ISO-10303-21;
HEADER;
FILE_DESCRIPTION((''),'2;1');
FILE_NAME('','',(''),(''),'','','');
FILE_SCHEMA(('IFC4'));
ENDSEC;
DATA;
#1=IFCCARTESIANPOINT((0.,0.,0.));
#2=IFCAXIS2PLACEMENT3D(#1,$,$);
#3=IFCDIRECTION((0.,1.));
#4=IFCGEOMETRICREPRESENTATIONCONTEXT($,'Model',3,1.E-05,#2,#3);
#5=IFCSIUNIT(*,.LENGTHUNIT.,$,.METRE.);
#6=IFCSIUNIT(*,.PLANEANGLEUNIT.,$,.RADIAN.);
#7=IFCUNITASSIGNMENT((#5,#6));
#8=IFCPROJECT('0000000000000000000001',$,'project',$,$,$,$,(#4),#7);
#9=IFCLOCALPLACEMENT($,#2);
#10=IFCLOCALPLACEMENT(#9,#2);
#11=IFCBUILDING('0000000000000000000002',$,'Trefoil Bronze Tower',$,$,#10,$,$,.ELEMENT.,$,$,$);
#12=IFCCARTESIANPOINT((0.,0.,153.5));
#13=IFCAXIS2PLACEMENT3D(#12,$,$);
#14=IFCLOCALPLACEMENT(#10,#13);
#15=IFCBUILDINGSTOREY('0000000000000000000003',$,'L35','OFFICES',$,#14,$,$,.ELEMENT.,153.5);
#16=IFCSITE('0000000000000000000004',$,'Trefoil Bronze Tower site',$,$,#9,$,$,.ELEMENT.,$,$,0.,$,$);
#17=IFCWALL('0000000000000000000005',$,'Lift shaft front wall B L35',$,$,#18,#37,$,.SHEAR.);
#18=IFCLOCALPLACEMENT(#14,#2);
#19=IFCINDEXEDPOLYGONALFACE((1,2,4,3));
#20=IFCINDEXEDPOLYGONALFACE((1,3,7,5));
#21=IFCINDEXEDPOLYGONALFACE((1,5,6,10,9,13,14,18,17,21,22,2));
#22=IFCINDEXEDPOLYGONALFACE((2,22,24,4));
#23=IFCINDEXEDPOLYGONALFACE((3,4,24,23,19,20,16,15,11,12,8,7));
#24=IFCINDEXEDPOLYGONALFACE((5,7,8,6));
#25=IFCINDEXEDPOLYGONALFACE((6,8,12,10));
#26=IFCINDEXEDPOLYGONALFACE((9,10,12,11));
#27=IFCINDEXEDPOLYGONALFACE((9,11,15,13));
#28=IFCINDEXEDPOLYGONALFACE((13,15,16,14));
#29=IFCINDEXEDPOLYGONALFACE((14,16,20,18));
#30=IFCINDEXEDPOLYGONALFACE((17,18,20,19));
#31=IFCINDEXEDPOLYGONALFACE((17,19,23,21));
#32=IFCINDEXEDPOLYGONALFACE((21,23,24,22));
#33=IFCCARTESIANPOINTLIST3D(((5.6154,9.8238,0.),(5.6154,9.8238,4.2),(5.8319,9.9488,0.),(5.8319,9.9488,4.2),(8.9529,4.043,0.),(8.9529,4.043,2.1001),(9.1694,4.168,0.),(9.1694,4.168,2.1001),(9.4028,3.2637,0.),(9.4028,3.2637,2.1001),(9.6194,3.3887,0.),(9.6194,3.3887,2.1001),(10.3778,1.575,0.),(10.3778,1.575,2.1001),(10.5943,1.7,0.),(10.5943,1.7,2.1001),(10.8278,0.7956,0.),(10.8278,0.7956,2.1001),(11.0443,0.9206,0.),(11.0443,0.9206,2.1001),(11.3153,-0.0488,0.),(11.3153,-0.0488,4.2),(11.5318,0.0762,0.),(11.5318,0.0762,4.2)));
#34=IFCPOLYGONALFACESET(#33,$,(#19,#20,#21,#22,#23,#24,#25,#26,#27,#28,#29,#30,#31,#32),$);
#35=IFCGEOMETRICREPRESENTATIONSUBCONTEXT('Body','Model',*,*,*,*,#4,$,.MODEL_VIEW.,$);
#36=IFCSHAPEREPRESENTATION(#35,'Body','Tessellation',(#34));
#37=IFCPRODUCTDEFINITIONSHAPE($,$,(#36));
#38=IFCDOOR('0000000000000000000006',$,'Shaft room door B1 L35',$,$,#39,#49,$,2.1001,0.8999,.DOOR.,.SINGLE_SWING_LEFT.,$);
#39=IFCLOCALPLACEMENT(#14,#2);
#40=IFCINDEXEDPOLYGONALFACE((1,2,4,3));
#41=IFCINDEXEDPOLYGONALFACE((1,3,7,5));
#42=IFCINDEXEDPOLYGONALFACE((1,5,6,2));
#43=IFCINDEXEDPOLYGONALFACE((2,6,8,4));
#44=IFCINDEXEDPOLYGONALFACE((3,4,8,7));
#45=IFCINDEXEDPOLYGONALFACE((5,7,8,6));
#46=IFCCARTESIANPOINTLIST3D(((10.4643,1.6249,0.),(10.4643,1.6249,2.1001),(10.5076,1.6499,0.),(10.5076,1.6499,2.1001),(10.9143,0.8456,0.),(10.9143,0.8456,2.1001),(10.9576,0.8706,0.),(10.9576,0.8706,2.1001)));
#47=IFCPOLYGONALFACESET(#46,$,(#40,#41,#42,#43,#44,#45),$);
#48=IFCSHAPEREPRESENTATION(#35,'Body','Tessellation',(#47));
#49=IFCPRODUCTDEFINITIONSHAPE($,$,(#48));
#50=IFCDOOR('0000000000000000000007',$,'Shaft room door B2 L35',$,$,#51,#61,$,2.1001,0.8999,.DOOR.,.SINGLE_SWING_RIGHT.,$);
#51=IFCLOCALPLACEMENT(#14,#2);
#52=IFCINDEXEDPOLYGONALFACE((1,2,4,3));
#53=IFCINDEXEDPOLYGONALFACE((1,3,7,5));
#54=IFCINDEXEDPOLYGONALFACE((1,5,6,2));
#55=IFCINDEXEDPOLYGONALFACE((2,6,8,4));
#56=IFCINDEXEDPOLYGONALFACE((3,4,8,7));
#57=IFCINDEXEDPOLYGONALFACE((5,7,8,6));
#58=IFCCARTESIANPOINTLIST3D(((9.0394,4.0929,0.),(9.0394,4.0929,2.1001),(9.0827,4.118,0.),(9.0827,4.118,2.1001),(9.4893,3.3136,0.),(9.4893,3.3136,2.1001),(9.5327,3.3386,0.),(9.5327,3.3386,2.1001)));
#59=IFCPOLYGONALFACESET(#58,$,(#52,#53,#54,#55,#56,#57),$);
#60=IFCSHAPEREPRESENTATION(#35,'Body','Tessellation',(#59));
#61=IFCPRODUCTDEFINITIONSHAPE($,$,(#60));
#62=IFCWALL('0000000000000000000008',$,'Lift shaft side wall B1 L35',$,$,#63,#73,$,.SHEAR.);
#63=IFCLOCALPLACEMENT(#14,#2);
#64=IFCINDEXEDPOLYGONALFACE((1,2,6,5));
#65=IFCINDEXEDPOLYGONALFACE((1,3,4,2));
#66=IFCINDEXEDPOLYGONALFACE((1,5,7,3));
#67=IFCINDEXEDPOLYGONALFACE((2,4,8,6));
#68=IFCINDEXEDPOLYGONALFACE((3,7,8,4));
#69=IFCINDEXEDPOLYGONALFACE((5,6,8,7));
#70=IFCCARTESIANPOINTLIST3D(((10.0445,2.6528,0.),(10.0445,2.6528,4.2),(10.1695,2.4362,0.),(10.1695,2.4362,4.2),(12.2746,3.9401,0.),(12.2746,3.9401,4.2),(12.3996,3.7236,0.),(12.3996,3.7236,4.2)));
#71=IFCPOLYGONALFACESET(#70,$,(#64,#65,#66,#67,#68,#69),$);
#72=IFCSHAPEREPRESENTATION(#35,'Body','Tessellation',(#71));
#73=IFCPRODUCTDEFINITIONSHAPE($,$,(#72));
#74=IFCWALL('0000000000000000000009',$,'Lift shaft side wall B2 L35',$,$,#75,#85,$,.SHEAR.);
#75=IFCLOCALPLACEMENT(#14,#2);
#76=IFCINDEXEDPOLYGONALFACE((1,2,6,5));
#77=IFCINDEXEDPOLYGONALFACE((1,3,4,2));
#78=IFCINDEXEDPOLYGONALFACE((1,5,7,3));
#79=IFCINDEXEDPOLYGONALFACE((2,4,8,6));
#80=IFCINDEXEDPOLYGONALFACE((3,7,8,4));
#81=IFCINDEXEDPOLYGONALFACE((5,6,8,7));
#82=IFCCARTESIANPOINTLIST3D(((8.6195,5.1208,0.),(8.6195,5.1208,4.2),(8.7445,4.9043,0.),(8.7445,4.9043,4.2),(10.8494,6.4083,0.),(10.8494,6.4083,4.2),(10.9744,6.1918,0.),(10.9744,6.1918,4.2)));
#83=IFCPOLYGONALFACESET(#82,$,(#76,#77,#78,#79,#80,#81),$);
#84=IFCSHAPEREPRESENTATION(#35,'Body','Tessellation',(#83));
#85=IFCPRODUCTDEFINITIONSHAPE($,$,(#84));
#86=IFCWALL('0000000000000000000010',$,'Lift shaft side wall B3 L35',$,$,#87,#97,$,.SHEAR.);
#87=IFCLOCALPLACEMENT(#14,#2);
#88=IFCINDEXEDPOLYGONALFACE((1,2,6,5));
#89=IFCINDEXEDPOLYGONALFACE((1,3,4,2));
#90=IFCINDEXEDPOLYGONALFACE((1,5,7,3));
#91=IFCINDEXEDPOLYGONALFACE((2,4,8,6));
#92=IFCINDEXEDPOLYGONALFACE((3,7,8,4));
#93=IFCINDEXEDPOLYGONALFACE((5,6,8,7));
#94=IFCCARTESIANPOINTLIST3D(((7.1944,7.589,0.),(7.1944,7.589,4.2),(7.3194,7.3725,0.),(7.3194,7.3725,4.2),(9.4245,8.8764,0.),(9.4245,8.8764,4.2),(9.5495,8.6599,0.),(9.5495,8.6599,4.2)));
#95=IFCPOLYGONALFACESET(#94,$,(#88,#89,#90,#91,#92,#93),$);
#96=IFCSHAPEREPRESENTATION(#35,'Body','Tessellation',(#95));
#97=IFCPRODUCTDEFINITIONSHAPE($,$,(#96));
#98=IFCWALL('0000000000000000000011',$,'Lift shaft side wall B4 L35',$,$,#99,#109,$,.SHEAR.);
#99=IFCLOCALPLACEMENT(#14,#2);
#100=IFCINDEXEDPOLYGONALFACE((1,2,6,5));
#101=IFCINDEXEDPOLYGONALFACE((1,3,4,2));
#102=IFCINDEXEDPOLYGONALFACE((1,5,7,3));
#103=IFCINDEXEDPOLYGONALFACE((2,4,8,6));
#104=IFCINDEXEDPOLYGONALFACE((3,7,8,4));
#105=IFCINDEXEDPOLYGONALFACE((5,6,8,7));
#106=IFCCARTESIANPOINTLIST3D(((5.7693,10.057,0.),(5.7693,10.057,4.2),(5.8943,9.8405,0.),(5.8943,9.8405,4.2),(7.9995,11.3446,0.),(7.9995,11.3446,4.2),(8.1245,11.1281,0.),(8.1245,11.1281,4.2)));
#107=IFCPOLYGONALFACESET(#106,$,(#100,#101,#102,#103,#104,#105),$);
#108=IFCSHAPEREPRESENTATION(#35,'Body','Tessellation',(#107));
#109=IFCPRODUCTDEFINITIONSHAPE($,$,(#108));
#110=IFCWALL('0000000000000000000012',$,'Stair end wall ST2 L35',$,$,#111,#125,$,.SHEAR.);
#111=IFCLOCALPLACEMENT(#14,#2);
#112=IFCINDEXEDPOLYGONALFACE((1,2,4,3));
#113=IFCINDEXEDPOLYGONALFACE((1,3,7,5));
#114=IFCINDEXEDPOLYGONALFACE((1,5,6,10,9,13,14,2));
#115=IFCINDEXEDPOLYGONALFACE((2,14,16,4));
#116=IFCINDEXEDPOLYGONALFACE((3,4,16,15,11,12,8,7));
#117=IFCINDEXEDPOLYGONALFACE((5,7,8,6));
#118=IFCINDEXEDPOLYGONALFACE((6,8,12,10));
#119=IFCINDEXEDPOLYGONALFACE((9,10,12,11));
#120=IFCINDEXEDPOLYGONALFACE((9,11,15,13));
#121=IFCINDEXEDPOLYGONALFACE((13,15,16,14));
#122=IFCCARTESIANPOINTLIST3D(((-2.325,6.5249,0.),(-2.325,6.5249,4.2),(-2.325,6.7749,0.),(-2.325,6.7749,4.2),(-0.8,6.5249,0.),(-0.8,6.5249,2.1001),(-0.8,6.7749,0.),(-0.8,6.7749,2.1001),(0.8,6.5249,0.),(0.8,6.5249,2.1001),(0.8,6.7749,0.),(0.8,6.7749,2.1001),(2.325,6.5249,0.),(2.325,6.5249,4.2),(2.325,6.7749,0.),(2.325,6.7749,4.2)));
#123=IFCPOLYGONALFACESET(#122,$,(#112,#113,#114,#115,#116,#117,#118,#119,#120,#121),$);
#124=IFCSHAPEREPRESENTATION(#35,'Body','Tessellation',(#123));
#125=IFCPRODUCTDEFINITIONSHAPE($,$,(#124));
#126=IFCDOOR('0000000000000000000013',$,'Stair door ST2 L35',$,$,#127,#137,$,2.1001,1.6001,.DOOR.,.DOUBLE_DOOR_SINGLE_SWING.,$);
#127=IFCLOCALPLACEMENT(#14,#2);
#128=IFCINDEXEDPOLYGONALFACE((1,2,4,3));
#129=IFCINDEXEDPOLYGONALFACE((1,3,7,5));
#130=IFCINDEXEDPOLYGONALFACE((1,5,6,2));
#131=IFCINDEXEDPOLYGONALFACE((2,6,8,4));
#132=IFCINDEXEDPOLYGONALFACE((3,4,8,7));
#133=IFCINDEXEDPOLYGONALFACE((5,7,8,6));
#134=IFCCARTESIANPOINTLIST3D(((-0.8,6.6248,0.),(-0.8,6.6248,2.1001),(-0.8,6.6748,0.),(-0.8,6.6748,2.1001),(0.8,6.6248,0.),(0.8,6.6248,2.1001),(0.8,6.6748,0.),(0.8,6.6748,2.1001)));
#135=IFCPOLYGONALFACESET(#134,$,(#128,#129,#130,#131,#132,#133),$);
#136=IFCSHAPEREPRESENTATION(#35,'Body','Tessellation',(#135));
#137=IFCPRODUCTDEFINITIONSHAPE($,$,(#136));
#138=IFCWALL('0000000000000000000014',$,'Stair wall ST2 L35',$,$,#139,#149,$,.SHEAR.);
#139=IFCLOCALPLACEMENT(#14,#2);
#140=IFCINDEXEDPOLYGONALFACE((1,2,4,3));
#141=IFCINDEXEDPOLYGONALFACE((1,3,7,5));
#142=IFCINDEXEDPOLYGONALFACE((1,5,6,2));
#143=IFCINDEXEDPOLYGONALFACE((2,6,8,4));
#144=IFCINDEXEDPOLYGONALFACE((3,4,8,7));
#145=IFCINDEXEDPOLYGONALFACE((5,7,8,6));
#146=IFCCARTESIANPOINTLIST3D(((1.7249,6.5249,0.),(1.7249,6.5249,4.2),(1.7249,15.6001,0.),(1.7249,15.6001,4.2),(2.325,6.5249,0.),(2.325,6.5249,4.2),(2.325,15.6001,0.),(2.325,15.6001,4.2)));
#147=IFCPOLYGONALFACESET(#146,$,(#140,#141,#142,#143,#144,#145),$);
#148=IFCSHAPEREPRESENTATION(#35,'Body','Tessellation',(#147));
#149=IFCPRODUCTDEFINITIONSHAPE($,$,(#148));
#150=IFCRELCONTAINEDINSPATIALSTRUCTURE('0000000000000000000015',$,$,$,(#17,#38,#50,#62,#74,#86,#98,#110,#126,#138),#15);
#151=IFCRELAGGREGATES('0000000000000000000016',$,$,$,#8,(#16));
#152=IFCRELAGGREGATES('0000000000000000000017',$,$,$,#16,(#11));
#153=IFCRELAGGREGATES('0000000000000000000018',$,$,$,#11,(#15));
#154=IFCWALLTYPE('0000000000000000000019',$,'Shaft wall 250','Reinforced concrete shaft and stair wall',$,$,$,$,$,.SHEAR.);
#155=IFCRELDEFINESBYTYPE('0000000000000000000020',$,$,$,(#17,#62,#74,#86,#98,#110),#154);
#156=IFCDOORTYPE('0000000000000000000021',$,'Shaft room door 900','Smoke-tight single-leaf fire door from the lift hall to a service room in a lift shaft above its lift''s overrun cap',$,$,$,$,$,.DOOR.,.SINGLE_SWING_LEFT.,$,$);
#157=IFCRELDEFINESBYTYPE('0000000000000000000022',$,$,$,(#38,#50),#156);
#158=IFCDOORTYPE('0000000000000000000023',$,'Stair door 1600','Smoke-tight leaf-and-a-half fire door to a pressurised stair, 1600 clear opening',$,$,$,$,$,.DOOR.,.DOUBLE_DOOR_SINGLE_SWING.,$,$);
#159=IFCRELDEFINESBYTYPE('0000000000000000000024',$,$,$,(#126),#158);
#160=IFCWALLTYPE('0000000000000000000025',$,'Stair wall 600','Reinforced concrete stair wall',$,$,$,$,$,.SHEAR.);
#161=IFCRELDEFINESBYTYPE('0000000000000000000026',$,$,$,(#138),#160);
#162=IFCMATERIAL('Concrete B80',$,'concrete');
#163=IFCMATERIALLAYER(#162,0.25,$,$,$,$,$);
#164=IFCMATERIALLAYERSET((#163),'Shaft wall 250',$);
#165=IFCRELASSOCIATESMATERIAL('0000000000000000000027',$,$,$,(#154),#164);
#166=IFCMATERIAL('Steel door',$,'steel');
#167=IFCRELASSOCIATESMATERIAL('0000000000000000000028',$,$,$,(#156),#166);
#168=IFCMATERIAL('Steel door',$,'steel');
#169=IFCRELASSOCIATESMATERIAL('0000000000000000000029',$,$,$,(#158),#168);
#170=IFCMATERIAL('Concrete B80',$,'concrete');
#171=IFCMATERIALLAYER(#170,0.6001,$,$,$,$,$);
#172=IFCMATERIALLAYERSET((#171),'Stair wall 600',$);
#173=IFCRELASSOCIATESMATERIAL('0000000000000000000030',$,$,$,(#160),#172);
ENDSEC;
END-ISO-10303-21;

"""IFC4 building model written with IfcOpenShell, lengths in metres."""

from ifc_helpers import new_model, si_unit, direction, frame, frame_2d, origin, place, context, subcontext, project, spatial, rectangle, extrude, material, layer, layer_set, type_object, element, fill, save


model = new_model("IFC4")

# Units and contexts
model_context = context("Model", 3, precision=1e-05, world=origin(), true_north=direction((0.0, 1.0)))
body_context = subcontext(model_context, "Body", "Model", "MODEL_VIEW")
ifc_project = project(units=[si_unit("LENGTHUNIT", "METRE"), si_unit("PLANEANGLEUNIT", "RADIAN")], contexts=[model_context])

# Site, building, storey
site_placement = place(None, origin())
site = spatial("IfcSite", under=ifc_project, at=site_placement, Name="Trefoil Bronze Tower site", CompositionType="ELEMENT", RefElevation=0.0)
building_placement = place(site_placement, origin())
building = spatial("IfcBuilding", under=site, at=building_placement, Name="Trefoil Bronze Tower", CompositionType="ELEMENT")
storey_placement = place(building_placement, frame((0.0, 0.0, 153.5)))
storey = spatial("IfcBuildingStorey", under=building, at=storey_placement, Name="L35", Description="OFFICES", CompositionType="ELEMENT", Elevation=153.5)

# Wall, openings, doors
ifc_material_1 = material(Name="Concrete B80", Category="concrete")
ifc_layer_1 = layer(ifc_material_1, 0.25)
ifc_layer_set_1 = layer_set([ifc_layer_1], Name="Shaft wall 250")
wall_type_1 = type_object("IfcWallType", Name="Shaft wall 250", Description="Reinforced concrete shaft and stair wall", PredefinedType="SHEAR", material=ifc_layer_set_1)
wall_1_placement = place(storey_placement, frame((11.4236, 0.0137, 0.0), z_axis=(0.0, 0.0, 1.0), x_axis=(-0.500002, 0.866024, 0.0)))
wall_1 = element("IfcWall", 1, at=wall_1_placement, inside=storey, type_object=wall_type_1, Name="Lift shaft front wall B L35", PredefinedType="SHEAR", context=body_context, shape_type="SweptSolid", body=[
    extrude(rectangle(XDim=11.3999, YDim=0.25, at=frame_2d((5.7, 0.0))), origin(), (0.0, 0.0, 1.0), 4.2),
])
opening_1_placement = place(wall_1_placement, frame((0.9751, 0.0, 0.0)))
opening_1 = element("IfcOpeningElement", 2, at=opening_1_placement, cuts=wall_1, PredefinedType="OPENING", context=body_context, shape_type="SweptSolid", body=[
    extrude(rectangle(XDim=0.8999, YDim=2.1001, at=frame_2d((0.45, 1.05))), frame((0.0, 0.135, 0.0), z_axis=(0.0, -1.0, 0.0), x_axis=(1.0, 0.0, 0.0)), (0.0, 0.0, 1.0), 0.27),
])
opening_2_placement = place(wall_1_placement, frame((3.825, 0.0, 0.0)))
opening_2 = element("IfcOpeningElement", 3, at=opening_2_placement, cuts=wall_1, PredefinedType="OPENING", context=body_context, shape_type="SweptSolid", body=[
    extrude(rectangle(XDim=0.8999, YDim=2.1001, at=frame_2d((0.45, 1.05))), frame((0.0, 0.135, 0.0), z_axis=(0.0, -1.0, 0.0), x_axis=(1.0, 0.0, 0.0)), (0.0, 0.0, 1.0), 0.27),
])
ifc_material_2 = material(Name="Steel door", Category="steel")
door_type_1 = type_object("IfcDoorType", Name="Shaft room door 900", Description="Smoke-tight single-leaf fire door from the lift hall to a service room in a lift shaft above its lift's overrun cap", OperationType="SINGLE_SWING_LEFT", PredefinedType="DOOR", material=ifc_material_2)
door_1_placement = place(opening_1_placement, frame((0.8999, 0.0, 0.0), z_axis=(0.0, 0.0, 1.0), x_axis=(-1.0, 0.0, 0.0)))
door_1 = element("IfcDoor", 4, at=door_1_placement, inside=storey, type_object=door_type_1, Name="Shaft room door B1 L35", OperationType="SINGLE_SWING_LEFT", OverallHeight=2.1001, OverallWidth=0.8999, PredefinedType="DOOR", context=body_context, shape_type="SweptSolid", body=[
    extrude(rectangle(XDim=0.8999, YDim=2.1001, at=frame_2d((0.45, 1.05))), frame((0.0, 0.0249, 0.0), z_axis=(0.0, -1.0, 0.0), x_axis=(1.0, 0.0, 0.0)), (0.0, 0.0, 1.0), 0.05),
])
fill(opening_1, door_1)
door_2_placement = place(opening_2_placement, frame((0.8999, 0.0, 0.0), z_axis=(0.0, 0.0, 1.0), x_axis=(-1.0, 0.0, 0.0)))
door_2 = element("IfcDoor", 5, at=door_2_placement, inside=storey, type_object=door_type_1, Name="Shaft room door B2 L35", OperationType="SINGLE_SWING_RIGHT", OverallHeight=2.1001, OverallWidth=0.8999, PredefinedType="DOOR", context=body_context, shape_type="SweptSolid", body=[
    extrude(rectangle(XDim=0.8999, YDim=2.1001, at=frame_2d((0.45, 1.05))), frame((0.0, 0.0249, 0.0), z_axis=(0.0, -1.0, 0.0), x_axis=(1.0, 0.0, 0.0)), (0.0, 0.0, 1.0), 0.05),
])
fill(opening_2, door_2)

# Walls
for number, where, z_axis, x_axis, name in (
    (6, (10.1069, 2.5444, 0.0), (0.0, 0.0, 1.0), (0.866047, 0.499963, 0.0), "Lift shaft side wall B1 L35"),
    (7, (8.6819, 5.0125, 0.0), (0.0, 0.0, 1.0), (0.866006, 0.500034, 0.0), "Lift shaft side wall B2 L35"),
    (8, (7.2568, 7.4807, 0.0), (0.0, 0.0, 1.0), (0.866047, 0.499963, 0.0), "Lift shaft side wall B3 L35"),
):
    element("IfcWall", number, at=place(storey_placement, frame(where, z_axis=z_axis, x_axis=x_axis)), inside=storey, type_object=wall_type_1, Name=name, PredefinedType="SHEAR", context=body_context, shape_type="SweptSolid", body=[
        extrude(rectangle(XDim=2.575, YDim=0.25, at=frame_2d((1.2876, 0.0))), origin(), (0.0, 0.0, 1.0), 4.2),
    ])
wall_2_placement = place(storey_placement, frame((5.8318, 9.9487, 0.0), z_axis=(0.0, 0.0, 1.0), x_axis=(0.866029, 0.499993, 0.0)))
element("IfcWall", 9, at=wall_2_placement, inside=storey, type_object=wall_type_1, Name="Lift shaft side wall B4 L35", PredefinedType="SHEAR", context=body_context, shape_type="SweptSolid", body=[
    extrude(rectangle(XDim=2.5752, YDim=0.25, at=frame_2d((1.2876, 0.0))), origin(), (0.0, 0.0, 1.0), 4.2),
])

# Wall, opening, door
wall_3_placement = place(storey_placement, frame((2.325, 6.6499, 0.0), z_axis=(0.0, 0.0, 1.0), x_axis=(-1.0, 0.0, 0.0)))
wall_3 = element("IfcWall", 10, at=wall_3_placement, inside=storey, type_object=wall_type_1, Name="Stair end wall ST2 L35", PredefinedType="SHEAR", context=body_context, shape_type="SweptSolid", body=[
    extrude(rectangle(XDim=4.6499, YDim=0.25, at=frame_2d((2.325, 0.0))), origin(), (0.0, 0.0, 1.0), 4.2),
])
opening_3_placement = place(wall_3_placement, frame((1.5249, 0.0, 0.0)))
opening_3 = element("IfcOpeningElement", 11, at=opening_3_placement, cuts=wall_3, PredefinedType="OPENING", context=body_context, shape_type="SweptSolid", body=[
    extrude(rectangle(XDim=1.6001, YDim=2.1001, at=frame_2d((0.8, 1.05))), frame((0.0, 0.135, 0.0), z_axis=(0.0, -1.0, 0.0), x_axis=(1.0, 0.0, 0.0)), (0.0, 0.0, 1.0), 0.27),
])
ifc_material_3 = material(Name="Steel door", Category="steel")
door_type_2 = type_object("IfcDoorType", Name="Stair door 1600", Description="Smoke-tight leaf-and-a-half fire door to a pressurised stair, 1600 clear opening", OperationType="DOUBLE_DOOR_SINGLE_SWING", PredefinedType="DOOR", material=ifc_material_3)
door_3_placement = place(opening_3_placement, frame((1.6001, 0.0, 0.0), z_axis=(0.0, 0.0, 1.0), x_axis=(-1.0, 0.0, 0.0)))
door_3 = element("IfcDoor", 12, at=door_3_placement, inside=storey, type_object=door_type_2, Name="Stair door ST2 L35", OperationType="DOUBLE_DOOR_SINGLE_SWING", OverallHeight=2.1001, OverallWidth=1.6001, PredefinedType="DOOR", context=body_context, shape_type="SweptSolid", body=[
    extrude(rectangle(XDim=1.6001, YDim=2.1001, at=frame_2d((0.8, 1.05))), frame((0.0, 0.0249, 0.0), z_axis=(0.0, -1.0, 0.0), x_axis=(1.0, 0.0, 0.0)), (0.0, 0.0, 1.0), 0.05),
])
fill(opening_3, door_3)

# Wall
ifc_material_4 = material(Name="Concrete B80", Category="concrete")
ifc_layer_2 = layer(ifc_material_4, 0.6001)
ifc_layer_set_2 = layer_set([ifc_layer_2], Name="Stair wall 600")
wall_type_2 = type_object("IfcWallType", Name="Stair wall 600", Description="Reinforced concrete stair wall", PredefinedType="SHEAR", material=ifc_layer_set_2)
wall_4_placement = place(storey_placement, frame((2.0249, 6.5249, 0.0), z_axis=(0.0, 0.0, 1.0), x_axis=(0.0, 1.0, 0.0)))
element("IfcWall", 13, at=wall_4_placement, inside=storey, type_object=wall_type_2, Name="Stair wall ST2 L35", PredefinedType="SHEAR", context=body_context, shape_type="SweptSolid", body=[
    extrude(rectangle(XDim=9.0752, YDim=0.6001, at=frame_2d((4.5376, 0.0))), origin(), (0.0, 0.0, 1.0), 4.2),
])

save(model, "model.ifc")
